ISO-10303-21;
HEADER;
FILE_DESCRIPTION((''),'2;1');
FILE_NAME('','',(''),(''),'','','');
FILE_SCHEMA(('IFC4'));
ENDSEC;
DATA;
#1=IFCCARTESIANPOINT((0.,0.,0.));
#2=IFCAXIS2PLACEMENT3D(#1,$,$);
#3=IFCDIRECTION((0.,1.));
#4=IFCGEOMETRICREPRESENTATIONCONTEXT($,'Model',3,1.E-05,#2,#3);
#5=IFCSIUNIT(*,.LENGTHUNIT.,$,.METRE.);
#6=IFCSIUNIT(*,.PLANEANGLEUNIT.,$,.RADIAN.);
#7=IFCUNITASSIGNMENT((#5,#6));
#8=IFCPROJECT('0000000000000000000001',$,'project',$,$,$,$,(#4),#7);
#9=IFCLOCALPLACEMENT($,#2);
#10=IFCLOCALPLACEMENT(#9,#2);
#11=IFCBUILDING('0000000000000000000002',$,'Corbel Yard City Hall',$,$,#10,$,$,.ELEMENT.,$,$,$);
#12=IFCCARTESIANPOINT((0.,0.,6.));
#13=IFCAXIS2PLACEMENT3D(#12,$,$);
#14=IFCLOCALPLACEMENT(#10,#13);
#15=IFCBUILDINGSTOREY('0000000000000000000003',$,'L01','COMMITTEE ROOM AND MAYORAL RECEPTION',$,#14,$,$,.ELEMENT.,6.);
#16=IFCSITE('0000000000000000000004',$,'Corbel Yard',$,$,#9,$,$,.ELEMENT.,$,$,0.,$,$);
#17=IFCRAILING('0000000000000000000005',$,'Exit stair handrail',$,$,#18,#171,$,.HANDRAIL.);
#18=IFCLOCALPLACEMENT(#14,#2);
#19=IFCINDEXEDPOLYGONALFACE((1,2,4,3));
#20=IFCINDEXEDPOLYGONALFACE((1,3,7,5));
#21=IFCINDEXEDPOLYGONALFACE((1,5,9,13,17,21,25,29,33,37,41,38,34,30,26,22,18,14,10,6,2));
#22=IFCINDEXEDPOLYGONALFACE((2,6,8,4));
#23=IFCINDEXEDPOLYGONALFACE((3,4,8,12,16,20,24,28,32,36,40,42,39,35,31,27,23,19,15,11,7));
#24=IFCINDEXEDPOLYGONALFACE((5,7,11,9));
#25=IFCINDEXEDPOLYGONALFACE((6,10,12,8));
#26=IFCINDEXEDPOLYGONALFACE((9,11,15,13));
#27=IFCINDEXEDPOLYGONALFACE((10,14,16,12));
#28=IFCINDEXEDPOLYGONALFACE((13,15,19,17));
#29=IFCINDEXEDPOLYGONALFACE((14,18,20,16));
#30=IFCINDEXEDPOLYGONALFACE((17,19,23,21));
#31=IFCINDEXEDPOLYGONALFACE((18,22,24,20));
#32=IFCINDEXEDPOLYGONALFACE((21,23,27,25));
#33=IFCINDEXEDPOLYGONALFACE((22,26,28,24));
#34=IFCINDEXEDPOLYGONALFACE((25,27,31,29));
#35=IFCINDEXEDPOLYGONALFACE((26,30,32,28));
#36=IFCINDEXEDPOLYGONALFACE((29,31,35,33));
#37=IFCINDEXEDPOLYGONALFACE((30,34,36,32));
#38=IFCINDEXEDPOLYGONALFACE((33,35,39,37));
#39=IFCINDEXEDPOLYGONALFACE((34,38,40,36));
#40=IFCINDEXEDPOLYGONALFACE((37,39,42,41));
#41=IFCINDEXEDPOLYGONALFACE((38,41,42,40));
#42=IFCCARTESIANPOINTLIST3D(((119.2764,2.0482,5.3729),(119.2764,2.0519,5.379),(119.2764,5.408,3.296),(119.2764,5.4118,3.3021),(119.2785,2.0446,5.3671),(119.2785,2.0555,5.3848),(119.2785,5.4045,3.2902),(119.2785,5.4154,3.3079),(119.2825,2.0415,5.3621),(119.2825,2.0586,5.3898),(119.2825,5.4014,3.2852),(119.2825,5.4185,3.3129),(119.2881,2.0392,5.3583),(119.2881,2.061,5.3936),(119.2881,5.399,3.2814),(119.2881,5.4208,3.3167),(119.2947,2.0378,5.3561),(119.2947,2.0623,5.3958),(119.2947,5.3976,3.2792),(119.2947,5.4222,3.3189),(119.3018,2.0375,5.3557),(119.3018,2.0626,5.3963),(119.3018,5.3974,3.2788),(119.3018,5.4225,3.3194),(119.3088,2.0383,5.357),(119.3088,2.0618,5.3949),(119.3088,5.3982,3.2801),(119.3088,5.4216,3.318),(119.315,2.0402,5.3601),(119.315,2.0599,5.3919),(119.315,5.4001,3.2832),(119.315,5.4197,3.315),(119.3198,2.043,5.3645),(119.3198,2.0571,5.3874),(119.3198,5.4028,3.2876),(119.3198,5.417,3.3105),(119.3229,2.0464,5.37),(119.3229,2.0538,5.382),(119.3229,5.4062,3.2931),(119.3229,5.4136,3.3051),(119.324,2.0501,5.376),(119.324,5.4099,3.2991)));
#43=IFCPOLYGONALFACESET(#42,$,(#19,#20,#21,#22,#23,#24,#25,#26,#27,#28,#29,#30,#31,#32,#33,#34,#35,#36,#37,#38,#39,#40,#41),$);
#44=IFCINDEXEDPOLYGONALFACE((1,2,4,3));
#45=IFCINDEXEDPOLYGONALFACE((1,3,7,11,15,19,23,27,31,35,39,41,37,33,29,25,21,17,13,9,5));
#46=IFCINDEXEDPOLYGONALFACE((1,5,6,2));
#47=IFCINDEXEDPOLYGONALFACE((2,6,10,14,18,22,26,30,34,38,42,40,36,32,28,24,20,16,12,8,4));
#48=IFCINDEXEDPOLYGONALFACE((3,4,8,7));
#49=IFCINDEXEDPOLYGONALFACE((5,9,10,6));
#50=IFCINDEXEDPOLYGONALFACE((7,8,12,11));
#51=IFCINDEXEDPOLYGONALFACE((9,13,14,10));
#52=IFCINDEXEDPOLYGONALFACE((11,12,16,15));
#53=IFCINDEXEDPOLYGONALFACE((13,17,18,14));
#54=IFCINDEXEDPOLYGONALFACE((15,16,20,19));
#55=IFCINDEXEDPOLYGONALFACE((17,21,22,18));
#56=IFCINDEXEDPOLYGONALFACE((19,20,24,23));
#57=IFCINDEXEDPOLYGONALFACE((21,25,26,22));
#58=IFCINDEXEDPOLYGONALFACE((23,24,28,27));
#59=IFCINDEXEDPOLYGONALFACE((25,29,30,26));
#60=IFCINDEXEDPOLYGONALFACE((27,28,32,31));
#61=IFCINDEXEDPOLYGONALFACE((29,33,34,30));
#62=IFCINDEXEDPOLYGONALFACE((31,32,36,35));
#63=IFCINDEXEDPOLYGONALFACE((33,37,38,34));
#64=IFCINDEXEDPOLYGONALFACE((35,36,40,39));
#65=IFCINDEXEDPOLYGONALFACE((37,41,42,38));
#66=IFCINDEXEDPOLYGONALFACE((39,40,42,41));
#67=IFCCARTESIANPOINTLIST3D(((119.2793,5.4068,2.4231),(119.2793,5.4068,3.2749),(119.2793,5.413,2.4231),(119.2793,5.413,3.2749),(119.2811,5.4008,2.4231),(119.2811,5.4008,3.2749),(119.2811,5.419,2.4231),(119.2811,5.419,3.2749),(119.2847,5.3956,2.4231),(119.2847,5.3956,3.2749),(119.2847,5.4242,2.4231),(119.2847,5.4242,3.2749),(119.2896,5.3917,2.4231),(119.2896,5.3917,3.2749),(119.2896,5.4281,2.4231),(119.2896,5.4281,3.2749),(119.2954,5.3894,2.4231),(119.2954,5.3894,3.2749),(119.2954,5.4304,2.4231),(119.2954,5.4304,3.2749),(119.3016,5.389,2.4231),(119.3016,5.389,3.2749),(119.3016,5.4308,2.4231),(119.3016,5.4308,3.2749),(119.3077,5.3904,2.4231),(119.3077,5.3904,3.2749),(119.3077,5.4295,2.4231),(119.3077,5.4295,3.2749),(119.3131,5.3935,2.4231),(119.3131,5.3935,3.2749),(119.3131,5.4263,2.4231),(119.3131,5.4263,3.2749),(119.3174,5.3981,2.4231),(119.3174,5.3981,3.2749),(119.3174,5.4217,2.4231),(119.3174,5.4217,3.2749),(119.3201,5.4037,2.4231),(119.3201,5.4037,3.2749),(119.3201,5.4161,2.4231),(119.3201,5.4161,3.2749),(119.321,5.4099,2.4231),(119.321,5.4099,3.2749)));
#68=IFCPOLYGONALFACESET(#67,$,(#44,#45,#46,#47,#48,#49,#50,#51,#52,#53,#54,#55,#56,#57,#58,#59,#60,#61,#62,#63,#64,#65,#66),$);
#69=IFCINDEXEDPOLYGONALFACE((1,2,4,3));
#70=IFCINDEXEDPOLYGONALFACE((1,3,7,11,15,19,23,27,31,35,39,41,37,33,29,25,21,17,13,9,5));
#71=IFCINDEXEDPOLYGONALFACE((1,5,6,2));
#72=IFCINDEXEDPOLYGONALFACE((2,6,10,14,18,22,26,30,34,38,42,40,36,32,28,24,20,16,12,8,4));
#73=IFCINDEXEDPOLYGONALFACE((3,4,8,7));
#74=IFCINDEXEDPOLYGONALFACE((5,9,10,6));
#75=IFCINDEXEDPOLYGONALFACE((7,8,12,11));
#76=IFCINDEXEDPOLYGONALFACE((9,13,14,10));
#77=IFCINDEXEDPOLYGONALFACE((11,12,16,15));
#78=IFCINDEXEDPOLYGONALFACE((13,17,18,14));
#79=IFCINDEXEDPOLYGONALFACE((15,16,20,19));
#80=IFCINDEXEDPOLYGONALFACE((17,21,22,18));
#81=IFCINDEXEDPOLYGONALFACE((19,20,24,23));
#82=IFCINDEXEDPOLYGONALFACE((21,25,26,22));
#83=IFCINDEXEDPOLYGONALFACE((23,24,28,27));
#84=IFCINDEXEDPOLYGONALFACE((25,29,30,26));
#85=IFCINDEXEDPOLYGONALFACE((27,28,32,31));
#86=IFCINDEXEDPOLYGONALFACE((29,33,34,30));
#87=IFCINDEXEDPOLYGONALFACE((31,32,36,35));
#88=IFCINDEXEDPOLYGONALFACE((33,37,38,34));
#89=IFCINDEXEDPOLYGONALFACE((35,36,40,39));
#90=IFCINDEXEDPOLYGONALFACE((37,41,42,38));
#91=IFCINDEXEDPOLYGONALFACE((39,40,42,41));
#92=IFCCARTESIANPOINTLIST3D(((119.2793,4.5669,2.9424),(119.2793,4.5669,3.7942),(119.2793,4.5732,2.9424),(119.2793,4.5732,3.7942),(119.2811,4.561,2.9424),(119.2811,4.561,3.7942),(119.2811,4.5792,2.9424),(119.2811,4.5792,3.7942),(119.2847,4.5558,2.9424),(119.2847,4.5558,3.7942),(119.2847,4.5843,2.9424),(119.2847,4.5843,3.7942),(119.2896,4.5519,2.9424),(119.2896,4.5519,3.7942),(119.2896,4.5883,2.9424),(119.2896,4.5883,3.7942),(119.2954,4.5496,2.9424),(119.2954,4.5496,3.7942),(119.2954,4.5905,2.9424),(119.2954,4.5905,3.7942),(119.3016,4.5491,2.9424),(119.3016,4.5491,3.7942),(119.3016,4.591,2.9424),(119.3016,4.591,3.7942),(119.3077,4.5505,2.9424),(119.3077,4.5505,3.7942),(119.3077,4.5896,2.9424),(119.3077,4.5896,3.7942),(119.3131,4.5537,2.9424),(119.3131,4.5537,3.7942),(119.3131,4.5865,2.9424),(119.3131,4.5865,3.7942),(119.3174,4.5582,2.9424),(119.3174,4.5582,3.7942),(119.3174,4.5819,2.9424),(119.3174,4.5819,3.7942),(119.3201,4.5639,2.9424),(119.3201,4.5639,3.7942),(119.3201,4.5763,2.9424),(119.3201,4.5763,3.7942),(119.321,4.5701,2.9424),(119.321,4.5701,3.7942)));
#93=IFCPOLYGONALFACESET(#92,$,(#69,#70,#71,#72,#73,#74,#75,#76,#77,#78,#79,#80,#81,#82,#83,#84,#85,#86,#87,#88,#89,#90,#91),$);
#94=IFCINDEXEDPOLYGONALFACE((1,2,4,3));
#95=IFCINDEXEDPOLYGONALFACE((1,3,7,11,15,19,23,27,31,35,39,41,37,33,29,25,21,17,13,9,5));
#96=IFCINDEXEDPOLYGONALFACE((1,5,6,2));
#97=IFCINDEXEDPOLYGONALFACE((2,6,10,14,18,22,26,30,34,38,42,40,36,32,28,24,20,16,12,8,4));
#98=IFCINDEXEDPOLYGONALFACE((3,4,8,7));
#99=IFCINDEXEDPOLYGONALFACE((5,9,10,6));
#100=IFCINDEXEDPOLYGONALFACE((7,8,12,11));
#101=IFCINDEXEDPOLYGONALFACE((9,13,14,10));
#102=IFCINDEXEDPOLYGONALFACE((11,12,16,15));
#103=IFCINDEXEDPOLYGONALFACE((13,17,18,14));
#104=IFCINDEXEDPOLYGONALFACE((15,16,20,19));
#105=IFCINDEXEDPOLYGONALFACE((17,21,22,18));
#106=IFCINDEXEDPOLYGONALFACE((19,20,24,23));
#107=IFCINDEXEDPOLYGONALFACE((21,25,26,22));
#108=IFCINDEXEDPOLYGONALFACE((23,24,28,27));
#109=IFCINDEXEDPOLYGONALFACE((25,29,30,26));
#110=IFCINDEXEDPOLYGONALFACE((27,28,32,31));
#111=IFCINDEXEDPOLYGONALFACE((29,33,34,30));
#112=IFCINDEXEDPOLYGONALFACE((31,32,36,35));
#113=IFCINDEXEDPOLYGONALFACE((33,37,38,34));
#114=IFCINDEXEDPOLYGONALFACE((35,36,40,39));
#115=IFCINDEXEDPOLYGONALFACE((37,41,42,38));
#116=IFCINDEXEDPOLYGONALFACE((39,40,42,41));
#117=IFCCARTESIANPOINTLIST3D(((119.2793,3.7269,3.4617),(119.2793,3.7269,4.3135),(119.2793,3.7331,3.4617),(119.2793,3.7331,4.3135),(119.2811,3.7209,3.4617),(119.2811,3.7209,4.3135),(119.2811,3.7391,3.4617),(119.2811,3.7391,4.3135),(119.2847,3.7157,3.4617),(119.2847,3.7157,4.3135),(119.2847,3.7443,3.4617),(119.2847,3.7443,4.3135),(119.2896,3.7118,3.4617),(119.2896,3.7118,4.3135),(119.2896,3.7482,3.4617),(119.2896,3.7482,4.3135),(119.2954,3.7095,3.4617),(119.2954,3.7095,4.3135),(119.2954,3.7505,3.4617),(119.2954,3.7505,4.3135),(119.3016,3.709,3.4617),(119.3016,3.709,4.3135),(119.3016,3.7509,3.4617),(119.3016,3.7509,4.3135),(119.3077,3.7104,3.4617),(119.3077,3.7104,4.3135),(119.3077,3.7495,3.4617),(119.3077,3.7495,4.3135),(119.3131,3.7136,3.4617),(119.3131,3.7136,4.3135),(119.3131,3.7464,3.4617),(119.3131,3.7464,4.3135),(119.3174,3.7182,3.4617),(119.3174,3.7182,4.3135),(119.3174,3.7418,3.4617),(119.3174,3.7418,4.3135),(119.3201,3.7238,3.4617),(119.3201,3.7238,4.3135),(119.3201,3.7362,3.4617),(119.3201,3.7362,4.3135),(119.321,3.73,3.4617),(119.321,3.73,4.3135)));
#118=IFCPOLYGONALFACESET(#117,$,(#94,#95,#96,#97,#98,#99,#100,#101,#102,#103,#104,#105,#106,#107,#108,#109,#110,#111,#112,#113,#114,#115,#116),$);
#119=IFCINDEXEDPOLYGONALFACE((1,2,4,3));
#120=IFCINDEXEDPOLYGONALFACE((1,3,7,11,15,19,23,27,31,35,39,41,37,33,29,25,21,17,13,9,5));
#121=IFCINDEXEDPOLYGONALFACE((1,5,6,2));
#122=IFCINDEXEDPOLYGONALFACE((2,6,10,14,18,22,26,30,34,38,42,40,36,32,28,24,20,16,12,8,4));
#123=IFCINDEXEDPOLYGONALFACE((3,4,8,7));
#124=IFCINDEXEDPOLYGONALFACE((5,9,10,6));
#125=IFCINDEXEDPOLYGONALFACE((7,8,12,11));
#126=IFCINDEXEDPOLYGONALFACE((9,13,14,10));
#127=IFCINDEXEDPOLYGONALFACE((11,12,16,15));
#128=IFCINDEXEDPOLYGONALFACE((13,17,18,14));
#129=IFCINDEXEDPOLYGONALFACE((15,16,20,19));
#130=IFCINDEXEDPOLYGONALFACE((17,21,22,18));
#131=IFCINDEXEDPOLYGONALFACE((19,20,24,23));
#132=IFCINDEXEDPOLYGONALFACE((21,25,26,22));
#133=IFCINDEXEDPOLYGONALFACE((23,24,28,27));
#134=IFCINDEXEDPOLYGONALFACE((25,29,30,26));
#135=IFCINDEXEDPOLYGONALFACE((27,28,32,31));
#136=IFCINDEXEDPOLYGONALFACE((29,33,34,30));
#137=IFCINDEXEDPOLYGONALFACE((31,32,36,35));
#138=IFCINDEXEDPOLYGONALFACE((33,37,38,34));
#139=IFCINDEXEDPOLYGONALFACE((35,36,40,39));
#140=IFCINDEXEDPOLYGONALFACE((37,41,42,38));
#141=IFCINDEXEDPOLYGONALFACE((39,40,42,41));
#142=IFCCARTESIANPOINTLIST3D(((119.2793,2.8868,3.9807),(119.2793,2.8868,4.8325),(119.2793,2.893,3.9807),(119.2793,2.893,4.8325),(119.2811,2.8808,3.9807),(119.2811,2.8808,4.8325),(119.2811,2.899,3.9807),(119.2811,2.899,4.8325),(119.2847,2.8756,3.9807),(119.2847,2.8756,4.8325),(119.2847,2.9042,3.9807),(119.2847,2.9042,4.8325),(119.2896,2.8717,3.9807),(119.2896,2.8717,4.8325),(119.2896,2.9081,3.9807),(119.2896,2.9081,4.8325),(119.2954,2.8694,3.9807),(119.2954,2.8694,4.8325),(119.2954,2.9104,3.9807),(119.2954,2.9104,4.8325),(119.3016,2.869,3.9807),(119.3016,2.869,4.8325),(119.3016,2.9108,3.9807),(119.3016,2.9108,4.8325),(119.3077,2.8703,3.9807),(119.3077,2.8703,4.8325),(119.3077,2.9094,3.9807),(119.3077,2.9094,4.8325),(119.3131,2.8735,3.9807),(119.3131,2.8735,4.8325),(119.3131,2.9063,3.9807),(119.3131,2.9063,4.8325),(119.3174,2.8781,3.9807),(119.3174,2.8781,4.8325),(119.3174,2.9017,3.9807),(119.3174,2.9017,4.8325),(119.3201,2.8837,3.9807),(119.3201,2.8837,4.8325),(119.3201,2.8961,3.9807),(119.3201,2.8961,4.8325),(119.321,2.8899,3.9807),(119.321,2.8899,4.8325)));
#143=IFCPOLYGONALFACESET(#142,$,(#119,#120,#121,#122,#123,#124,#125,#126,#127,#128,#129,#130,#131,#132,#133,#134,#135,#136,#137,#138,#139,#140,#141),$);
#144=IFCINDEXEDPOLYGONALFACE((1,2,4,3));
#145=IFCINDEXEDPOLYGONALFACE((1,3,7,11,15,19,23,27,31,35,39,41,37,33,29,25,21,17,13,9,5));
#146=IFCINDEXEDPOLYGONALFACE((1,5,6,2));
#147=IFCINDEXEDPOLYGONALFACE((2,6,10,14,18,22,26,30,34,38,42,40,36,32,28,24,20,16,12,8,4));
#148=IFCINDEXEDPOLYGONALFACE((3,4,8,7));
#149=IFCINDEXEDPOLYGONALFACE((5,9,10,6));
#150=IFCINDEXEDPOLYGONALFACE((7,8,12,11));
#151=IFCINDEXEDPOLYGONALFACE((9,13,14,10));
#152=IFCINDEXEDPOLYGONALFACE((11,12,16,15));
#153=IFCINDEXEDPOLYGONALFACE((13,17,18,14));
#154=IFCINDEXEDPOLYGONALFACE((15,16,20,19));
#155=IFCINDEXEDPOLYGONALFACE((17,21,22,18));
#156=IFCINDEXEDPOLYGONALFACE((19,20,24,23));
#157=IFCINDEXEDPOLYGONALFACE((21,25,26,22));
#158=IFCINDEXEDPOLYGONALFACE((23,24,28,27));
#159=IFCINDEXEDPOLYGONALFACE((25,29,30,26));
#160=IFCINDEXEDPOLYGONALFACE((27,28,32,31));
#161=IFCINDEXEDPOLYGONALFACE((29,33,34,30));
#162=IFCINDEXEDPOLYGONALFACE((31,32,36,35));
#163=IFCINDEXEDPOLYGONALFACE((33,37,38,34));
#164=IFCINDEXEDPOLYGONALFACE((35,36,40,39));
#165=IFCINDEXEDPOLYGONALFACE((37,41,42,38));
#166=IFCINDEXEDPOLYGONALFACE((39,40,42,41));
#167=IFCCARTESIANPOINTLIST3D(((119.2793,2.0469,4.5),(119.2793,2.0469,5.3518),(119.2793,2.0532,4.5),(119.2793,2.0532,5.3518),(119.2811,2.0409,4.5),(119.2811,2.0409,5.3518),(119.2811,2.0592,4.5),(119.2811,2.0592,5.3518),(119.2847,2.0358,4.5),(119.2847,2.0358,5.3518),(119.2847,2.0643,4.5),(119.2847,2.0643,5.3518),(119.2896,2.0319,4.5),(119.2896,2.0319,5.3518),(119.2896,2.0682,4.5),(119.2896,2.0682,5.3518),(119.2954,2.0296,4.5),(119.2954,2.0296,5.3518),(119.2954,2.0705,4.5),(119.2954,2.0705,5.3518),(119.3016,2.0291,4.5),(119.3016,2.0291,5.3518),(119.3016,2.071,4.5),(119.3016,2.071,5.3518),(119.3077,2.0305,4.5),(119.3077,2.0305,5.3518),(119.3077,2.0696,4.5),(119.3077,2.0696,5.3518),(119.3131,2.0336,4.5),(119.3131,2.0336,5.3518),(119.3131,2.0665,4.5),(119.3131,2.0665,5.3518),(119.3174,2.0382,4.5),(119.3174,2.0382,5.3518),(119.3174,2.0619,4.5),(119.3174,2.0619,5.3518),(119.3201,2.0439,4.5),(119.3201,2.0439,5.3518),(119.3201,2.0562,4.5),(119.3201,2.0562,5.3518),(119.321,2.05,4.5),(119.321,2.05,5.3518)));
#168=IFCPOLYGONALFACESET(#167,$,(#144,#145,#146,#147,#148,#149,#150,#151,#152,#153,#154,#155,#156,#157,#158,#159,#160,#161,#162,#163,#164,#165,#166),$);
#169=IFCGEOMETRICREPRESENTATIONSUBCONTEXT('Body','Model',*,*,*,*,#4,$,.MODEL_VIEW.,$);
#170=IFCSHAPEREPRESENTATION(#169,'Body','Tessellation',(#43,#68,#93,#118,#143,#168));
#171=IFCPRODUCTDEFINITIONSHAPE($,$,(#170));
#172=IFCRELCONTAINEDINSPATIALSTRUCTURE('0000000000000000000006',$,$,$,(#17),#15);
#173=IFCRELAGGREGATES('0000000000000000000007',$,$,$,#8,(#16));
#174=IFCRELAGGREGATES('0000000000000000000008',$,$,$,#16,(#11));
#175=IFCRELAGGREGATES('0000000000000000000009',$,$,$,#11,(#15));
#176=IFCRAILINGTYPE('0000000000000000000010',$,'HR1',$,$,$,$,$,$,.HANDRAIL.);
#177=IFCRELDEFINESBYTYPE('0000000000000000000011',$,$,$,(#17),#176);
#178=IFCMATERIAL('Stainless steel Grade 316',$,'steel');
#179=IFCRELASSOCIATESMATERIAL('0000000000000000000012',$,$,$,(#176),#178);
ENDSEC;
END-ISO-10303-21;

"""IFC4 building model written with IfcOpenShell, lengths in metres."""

from ifc_helpers import new_model, si_unit, direction, frame, origin, origin_2d, place, context, subcontext, project, spatial, circle, extrude, material, type_object, element, save


model = new_model("IFC4")

# Units and contexts
model_context = context("Model", 3, precision=1e-05, world=origin(), true_north=direction((0.0, 1.0)))
body_context = subcontext(model_context, "Body", "Model", "MODEL_VIEW")
ifc_project = project(units=[si_unit("LENGTHUNIT", "METRE"), si_unit("PLANEANGLEUNIT", "RADIAN")], contexts=[model_context])

# Site, building, storey
site_placement = place(None, origin())
site = spatial("IfcSite", under=ifc_project, at=site_placement, Name="Corbel Yard", CompositionType="ELEMENT", RefElevation=0.0)
building_placement = place(site_placement, origin())
building = spatial("IfcBuilding", under=site, at=building_placement, Name="Corbel Yard City Hall", CompositionType="ELEMENT")
storey_placement = place(building_placement, frame((0.0, 0.0, 6.0)))
storey = spatial("IfcBuildingStorey", under=building, at=storey_placement, Name="L01", Description="COMMITTEE ROOM AND MAYORAL RECEPTION", CompositionType="ELEMENT", Elevation=6.0)

# Shared definitions
ifc_material_1 = material(Name="Stainless steel Grade 316", Category="steel")

# Railing
railing_type_1 = type_object("IfcRailingType", Name="HR1", PredefinedType="HANDRAIL", material=ifc_material_1)
railing_1_placement = place(storey_placement, frame((119.3, 5.4099, 2.4231)))
element("IfcRailing", 1, at=railing_1_placement, inside=storey, type_object=railing_type_1, Name="Exit stair handrail", PredefinedType="HANDRAIL", context=body_context, shape_type="SweptSolid", body=[
    extrude(circle(Radius=0.0239, at=origin_2d()), frame((0.0, 0.0, 0.876), z_axis=(0.0, -0.850606, 0.525803), x_axis=(1.0, 0.0, 0.0)), (0.0, 0.0, 1.0), 3.95),
    extrude(circle(Radius=0.021, at=origin_2d()), origin(), (0.0, 0.0, 1.0), 0.8518),
    extrude(circle(Radius=0.021, at=origin_2d()), frame((0.0, -0.8398, 0.5193)), (0.0, 0.0, 1.0), 0.8518),
    extrude(circle(Radius=0.021, at=origin_2d()), frame((0.0, -1.6799, 1.0386)), (0.0, 0.0, 1.0), 0.8518),
    extrude(circle(Radius=0.021, at=origin_2d()), frame((0.0, -2.52, 1.5576)), (0.0, 0.0, 1.0), 0.8518),
    extrude(circle(Radius=0.021, at=origin_2d()), frame((0.0, -3.3599, 2.0769)), (0.0, 0.0, 1.0), 0.8518),
])

save(model, "model.ifc")
